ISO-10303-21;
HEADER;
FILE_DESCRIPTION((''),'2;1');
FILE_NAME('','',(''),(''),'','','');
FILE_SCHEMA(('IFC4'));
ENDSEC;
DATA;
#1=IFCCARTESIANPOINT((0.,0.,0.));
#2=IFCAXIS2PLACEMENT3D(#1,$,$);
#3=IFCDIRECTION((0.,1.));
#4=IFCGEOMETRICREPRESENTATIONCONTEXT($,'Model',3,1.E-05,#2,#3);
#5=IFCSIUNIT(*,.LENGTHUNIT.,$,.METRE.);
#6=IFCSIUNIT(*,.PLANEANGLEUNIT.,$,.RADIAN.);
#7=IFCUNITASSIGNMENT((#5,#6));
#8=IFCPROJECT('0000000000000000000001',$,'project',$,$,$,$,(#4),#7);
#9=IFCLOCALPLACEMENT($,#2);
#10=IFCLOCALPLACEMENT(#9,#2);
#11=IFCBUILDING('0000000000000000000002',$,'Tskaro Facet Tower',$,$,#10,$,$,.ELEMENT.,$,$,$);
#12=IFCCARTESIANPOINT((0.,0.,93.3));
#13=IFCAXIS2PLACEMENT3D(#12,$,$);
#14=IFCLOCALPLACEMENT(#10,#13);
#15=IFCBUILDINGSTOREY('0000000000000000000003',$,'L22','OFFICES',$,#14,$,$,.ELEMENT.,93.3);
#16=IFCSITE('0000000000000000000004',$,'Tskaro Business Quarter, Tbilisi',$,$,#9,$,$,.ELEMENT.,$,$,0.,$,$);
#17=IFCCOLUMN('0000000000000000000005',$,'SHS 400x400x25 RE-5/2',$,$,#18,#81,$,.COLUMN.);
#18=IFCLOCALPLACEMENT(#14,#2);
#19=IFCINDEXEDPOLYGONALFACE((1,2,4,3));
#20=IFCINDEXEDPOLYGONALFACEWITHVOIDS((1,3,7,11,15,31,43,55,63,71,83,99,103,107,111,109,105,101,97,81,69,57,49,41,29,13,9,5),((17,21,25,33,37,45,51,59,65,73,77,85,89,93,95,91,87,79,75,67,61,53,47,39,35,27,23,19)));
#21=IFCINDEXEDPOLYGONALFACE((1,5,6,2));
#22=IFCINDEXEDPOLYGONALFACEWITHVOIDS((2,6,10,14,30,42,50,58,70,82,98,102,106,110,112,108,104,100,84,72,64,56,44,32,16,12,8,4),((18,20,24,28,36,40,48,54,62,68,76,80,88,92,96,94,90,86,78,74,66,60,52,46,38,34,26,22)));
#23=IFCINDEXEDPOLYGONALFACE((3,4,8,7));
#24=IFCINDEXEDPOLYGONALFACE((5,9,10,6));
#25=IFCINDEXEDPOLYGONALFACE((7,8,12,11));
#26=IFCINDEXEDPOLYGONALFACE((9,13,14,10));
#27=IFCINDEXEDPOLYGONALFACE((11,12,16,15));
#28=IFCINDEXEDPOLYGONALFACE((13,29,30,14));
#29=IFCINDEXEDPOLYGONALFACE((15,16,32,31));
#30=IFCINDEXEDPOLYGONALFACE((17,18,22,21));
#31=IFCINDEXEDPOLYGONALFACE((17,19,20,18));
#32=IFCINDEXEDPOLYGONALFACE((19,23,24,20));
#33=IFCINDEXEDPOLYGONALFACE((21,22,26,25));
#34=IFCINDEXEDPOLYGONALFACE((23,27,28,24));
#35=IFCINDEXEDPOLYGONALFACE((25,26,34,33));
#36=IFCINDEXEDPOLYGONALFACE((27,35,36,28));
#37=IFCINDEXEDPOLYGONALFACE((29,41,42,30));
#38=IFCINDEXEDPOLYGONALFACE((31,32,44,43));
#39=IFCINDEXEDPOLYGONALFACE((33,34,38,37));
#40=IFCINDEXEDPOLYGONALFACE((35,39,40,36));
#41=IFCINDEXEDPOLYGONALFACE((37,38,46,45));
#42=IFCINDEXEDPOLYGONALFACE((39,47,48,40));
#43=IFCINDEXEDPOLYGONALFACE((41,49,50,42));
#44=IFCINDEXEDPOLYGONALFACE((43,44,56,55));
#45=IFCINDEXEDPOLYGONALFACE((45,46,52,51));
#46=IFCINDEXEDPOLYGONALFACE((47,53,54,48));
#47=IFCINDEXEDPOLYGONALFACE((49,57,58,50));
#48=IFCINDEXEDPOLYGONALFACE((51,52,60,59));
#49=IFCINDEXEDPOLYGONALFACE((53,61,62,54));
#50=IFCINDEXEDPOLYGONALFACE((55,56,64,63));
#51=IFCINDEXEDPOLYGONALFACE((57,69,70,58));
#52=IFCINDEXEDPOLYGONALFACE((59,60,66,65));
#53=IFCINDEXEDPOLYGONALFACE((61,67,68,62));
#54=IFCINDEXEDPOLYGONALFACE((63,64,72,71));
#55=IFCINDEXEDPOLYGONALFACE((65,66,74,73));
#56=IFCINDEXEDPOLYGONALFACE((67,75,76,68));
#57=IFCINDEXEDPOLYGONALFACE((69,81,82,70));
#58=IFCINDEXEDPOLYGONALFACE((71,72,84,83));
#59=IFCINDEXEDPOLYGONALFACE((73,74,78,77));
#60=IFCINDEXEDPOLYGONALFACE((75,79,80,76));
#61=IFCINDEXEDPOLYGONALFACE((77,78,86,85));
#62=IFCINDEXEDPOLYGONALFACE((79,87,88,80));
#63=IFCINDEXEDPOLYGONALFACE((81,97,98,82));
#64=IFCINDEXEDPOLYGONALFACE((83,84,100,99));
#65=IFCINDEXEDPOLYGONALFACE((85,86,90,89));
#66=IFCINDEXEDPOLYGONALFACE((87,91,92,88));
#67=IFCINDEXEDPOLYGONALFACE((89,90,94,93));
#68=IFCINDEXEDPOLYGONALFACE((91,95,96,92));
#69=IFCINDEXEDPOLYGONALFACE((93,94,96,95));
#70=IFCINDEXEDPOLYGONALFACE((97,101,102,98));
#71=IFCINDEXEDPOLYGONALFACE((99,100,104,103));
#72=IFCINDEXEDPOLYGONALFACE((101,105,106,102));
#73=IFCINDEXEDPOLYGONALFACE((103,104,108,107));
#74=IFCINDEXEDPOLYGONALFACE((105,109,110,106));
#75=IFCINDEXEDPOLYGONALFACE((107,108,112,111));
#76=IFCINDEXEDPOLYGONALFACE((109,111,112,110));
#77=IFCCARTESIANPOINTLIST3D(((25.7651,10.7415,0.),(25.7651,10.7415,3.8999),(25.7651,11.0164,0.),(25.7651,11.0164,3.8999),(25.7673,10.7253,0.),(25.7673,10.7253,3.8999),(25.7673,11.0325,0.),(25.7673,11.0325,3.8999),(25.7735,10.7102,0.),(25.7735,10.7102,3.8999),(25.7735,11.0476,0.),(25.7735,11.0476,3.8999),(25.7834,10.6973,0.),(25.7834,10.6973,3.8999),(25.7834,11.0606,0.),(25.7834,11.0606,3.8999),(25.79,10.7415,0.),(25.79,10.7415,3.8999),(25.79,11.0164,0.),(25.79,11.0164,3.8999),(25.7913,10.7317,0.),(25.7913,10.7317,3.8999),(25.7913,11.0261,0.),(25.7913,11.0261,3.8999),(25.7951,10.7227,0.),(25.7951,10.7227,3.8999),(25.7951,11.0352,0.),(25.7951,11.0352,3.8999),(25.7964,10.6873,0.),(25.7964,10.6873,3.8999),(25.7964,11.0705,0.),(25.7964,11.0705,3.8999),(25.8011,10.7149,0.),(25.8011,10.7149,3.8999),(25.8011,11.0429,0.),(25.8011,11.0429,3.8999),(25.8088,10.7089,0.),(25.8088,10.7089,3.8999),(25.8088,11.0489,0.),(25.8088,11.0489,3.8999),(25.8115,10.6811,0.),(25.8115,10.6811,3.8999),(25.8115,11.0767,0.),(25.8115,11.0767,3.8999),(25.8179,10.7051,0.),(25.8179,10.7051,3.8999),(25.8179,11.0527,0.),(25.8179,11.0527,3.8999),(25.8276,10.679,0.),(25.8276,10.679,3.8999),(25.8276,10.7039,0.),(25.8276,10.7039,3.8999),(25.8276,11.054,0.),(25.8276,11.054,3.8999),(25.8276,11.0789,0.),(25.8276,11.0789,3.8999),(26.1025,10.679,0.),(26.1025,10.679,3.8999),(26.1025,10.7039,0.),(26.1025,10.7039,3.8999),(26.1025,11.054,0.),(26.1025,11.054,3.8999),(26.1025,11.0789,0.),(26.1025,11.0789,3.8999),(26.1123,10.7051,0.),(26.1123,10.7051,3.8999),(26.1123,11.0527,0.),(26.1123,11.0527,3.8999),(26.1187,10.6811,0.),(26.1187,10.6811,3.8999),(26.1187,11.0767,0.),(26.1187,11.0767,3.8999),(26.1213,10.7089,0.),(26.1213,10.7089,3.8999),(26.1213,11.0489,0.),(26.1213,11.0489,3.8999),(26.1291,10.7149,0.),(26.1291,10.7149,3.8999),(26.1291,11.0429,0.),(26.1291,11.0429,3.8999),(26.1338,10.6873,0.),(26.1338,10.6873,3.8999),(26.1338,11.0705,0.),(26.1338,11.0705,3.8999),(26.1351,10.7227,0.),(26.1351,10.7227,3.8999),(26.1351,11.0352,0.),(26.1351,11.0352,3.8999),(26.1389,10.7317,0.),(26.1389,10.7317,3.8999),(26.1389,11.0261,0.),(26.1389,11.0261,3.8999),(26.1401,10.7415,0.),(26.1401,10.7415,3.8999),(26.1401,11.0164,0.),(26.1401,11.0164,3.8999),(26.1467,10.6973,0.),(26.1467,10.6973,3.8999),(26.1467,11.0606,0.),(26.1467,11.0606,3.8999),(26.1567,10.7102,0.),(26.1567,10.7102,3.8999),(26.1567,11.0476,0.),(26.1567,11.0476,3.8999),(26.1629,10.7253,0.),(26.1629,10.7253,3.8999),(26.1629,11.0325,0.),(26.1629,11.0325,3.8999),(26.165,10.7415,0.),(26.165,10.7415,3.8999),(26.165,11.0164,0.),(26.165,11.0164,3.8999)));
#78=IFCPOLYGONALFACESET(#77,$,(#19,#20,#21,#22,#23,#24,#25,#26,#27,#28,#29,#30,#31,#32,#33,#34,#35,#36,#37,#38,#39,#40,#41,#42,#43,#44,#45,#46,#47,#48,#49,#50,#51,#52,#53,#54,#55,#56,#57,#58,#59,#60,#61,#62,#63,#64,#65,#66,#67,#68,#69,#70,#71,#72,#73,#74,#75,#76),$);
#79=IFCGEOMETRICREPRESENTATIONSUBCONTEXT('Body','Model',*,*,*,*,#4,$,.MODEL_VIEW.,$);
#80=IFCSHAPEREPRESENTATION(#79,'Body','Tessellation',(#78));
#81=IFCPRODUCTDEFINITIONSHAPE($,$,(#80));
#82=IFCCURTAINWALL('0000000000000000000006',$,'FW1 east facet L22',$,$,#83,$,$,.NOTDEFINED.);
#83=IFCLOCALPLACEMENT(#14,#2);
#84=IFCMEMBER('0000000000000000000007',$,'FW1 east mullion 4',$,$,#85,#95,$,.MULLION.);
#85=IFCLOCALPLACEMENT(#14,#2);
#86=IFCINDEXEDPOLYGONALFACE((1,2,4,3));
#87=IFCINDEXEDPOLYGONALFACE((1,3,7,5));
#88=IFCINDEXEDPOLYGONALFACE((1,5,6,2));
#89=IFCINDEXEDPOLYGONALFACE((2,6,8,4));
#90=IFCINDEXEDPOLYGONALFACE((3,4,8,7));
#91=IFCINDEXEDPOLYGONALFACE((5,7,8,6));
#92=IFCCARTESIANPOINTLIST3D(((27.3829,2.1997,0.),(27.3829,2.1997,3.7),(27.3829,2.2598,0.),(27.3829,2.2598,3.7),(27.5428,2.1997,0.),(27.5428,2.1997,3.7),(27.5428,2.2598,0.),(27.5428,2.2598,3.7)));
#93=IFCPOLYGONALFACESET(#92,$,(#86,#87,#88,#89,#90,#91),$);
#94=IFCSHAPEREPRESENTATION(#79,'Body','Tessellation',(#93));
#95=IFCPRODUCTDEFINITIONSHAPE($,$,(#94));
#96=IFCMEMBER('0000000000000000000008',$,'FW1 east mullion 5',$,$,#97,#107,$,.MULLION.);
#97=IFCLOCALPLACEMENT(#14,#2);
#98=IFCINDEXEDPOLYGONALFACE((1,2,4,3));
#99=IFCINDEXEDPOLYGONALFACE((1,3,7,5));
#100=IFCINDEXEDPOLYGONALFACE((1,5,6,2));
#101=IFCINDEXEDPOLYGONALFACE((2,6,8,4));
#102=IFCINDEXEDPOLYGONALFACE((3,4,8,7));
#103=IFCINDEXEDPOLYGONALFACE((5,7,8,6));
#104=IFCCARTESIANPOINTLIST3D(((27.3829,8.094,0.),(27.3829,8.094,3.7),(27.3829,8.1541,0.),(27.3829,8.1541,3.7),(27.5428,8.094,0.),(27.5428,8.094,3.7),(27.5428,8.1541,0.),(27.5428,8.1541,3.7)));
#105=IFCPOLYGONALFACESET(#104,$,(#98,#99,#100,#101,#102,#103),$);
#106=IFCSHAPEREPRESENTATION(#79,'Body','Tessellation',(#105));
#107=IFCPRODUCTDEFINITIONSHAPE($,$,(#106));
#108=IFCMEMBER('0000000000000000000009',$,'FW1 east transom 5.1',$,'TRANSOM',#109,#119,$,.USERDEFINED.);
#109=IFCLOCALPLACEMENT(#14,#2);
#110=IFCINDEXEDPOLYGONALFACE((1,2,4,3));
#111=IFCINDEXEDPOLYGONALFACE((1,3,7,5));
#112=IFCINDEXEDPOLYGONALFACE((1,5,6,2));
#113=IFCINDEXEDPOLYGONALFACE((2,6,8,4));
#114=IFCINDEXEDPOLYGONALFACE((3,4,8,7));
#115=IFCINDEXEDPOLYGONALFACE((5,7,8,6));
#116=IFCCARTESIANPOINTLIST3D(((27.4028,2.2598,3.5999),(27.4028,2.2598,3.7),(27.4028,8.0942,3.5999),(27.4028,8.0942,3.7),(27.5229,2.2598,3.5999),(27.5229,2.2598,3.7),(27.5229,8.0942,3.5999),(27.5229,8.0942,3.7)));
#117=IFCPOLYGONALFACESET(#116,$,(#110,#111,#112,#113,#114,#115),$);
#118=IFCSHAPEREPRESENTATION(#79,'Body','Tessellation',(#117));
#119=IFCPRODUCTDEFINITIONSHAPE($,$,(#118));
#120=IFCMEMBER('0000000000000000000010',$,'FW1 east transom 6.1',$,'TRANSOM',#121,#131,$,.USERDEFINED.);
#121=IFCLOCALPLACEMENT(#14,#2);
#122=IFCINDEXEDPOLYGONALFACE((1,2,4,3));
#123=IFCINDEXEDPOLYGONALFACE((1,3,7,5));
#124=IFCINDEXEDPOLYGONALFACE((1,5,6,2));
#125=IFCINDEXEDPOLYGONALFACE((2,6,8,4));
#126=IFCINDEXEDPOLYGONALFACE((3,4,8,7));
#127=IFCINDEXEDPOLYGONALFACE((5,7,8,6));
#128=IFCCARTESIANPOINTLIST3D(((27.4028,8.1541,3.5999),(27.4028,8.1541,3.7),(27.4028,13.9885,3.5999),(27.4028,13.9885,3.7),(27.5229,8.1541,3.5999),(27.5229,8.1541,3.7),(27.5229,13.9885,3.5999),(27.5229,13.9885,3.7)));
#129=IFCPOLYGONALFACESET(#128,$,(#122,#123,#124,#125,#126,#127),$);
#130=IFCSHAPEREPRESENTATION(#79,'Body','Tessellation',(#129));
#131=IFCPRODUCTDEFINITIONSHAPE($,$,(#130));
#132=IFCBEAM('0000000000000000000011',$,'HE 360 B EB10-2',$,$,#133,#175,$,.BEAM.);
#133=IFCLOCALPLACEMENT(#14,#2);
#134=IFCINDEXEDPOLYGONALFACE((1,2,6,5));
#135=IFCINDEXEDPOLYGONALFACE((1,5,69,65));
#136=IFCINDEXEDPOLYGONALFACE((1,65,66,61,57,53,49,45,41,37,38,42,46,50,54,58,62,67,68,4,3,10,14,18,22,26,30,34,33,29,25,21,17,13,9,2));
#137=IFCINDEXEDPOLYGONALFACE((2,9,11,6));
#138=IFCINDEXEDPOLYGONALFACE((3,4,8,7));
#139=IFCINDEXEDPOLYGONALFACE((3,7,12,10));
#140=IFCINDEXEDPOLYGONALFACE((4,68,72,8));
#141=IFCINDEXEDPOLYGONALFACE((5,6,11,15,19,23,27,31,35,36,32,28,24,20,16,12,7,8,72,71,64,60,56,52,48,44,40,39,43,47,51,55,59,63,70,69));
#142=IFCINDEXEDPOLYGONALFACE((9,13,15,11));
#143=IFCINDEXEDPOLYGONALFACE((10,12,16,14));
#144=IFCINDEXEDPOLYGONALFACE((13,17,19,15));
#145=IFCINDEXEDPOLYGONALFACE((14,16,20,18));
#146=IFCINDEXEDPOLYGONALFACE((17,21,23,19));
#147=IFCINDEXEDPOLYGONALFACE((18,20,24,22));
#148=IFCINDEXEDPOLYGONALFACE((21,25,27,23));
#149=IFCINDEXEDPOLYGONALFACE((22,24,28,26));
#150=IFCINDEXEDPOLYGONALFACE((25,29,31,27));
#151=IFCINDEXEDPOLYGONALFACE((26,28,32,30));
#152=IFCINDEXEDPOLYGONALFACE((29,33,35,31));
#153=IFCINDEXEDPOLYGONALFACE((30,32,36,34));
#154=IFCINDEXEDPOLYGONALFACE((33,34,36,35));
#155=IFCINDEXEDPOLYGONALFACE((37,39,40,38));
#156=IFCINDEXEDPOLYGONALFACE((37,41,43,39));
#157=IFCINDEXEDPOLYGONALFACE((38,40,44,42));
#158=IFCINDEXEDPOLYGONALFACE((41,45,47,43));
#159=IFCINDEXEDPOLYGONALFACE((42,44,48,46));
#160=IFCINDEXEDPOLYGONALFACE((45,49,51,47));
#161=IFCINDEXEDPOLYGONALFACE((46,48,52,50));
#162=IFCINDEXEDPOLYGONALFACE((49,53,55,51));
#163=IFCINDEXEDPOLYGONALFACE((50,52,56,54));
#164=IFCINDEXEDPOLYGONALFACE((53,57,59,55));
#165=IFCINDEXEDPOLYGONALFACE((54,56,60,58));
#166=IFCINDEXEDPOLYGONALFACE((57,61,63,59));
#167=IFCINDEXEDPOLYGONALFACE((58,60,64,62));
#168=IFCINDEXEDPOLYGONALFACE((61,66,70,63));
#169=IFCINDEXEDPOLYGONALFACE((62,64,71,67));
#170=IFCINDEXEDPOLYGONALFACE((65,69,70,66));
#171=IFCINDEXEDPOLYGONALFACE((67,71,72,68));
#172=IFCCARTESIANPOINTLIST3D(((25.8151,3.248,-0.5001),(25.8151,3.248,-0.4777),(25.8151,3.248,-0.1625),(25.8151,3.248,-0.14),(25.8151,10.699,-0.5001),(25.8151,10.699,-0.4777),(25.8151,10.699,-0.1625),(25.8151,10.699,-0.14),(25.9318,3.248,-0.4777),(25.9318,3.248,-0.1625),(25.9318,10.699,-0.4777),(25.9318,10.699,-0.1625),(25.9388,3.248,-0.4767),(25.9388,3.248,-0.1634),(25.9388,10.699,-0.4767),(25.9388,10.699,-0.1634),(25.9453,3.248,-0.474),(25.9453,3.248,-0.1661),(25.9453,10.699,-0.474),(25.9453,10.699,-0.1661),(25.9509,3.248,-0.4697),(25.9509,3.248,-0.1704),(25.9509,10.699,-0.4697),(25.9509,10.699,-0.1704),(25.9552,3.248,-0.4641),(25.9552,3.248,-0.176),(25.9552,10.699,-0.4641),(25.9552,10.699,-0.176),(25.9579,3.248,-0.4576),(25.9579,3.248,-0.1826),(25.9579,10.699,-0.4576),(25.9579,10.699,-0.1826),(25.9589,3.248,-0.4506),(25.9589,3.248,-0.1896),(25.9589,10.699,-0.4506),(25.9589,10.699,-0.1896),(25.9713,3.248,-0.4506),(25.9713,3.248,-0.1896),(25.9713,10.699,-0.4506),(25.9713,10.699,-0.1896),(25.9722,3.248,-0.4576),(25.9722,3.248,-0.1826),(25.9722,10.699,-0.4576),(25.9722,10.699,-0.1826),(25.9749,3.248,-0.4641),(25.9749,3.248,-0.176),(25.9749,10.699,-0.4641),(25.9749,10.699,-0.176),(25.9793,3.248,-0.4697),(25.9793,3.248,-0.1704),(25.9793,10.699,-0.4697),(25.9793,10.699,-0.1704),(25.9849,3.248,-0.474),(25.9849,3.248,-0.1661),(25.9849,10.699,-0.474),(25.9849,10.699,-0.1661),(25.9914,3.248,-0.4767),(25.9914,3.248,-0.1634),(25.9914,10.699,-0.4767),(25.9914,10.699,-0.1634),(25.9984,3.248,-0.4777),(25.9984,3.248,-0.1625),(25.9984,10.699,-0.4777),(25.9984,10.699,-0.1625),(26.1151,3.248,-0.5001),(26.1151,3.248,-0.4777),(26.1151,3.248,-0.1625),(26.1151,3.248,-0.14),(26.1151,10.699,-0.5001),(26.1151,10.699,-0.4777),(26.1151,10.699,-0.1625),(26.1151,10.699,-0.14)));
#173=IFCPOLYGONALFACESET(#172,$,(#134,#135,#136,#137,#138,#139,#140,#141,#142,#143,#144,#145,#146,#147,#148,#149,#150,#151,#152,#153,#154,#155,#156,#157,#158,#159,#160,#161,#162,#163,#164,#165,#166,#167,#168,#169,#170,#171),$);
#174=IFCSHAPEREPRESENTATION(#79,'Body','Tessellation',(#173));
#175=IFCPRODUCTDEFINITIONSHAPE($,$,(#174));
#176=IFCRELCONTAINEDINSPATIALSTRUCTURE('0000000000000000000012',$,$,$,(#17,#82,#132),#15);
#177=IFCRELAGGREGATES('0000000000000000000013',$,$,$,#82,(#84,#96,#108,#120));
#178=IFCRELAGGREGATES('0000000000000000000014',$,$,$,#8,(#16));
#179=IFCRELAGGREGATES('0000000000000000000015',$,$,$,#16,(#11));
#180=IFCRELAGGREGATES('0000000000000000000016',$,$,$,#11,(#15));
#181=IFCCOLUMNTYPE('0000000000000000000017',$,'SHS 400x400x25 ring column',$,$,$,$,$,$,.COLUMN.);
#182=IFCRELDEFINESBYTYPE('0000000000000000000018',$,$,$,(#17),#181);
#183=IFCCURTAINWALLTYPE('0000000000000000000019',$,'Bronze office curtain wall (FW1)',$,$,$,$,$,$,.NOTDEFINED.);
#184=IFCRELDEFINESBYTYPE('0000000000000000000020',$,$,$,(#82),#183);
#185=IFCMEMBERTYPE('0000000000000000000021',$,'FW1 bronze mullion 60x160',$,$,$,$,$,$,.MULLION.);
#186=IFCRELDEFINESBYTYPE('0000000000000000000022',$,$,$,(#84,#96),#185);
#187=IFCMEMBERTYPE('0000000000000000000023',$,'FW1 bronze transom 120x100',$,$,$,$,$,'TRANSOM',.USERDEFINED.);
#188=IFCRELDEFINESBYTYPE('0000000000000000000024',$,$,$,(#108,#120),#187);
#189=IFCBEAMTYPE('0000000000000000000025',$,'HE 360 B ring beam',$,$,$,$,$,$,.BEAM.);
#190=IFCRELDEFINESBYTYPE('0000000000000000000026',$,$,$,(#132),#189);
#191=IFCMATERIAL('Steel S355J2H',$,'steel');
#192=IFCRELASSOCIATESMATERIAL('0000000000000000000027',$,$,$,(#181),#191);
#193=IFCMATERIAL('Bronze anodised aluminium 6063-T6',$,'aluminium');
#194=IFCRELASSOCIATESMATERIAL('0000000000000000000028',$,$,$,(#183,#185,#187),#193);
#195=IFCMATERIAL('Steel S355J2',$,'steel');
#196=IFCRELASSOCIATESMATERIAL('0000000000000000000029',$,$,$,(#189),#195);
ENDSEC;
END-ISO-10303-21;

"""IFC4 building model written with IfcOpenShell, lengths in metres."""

from ifc_helpers import new_model, si_unit, direction, frame, origin, origin_2d, place, context, subcontext, project, spatial, rectangle, hollow_rectangle, i_section, extrude, material, material_profile, profile_set, type_object, element, aggregate, save


model = new_model("IFC4")

# Units and contexts
model_context = context("Model", 3, precision=1e-05, world=origin(), true_north=direction((0.0, 1.0)))
body_context = subcontext(model_context, "Body", "Model", "MODEL_VIEW")
ifc_project = project(units=[si_unit("LENGTHUNIT", "METRE"), si_unit("PLANEANGLEUNIT", "RADIAN")], contexts=[model_context])

# Site, building, storey
site_placement = place(None, origin())
site = spatial("IfcSite", under=ifc_project, at=site_placement, Name="Tskaro Business Quarter, Tbilisi", CompositionType="ELEMENT", RefElevation=0.0)
building_placement = place(site_placement, origin())
building = spatial("IfcBuilding", under=site, at=building_placement, Name="Tskaro Facet Tower", CompositionType="ELEMENT")
storey_placement = place(building_placement, frame((0.0, 0.0, 93.3)))
storey = spatial("IfcBuildingStorey", under=building, at=storey_placement, Name="L22", Description="OFFICES", CompositionType="ELEMENT", Elevation=93.3)

# Column
ifc_material_1 = material(Name="Steel S355J2H", Category="steel")
ifc_material_profile_1 = material_profile(ifc_material_1, hollow_rectangle(XDim=0.3999, YDim=0.3999, WallThickness=0.0249, InnerFilletRadius=0.0376, OuterFilletRadius=0.0625, at=origin_2d()), Name="SHS 400x400x25")
ifc_profile_set_1 = profile_set([ifc_material_profile_1], Name="Steel S355J2H")
column_type_1 = type_object("IfcColumnType", Name="SHS 400x400x25 ring column", PredefinedType="COLUMN", material=ifc_profile_set_1)
for number, where, z_axis, x_axis, name in (
    (1, (25.9651, 10.8789, 0.0), (0.0, 0.0, 1.0), (1.0, 0.0, 0.0), "SHS 400x400x25 RE-5/2"),
):
    element("IfcColumn", number, at=place(storey_placement, frame(where, z_axis=z_axis, x_axis=x_axis)), inside=storey, type_object=column_type_1, Name=name, PredefinedType="COLUMN", context=body_context, shape_type="SweptSolid", body=[
        extrude(hollow_rectangle(XDim=0.3999, YDim=0.3999, WallThickness=0.0249, InnerFilletRadius=0.0376, OuterFilletRadius=0.0625, at=origin_2d()), origin(), (0.0, 0.0, 1.0), 3.8999),
    ])

# Curtain wall, members
ifc_material_2 = material(Name="Bronze anodised aluminium 6063-T6", Category="aluminium")
curtain_wall_type = type_object("IfcCurtainWallType", Name="Bronze office curtain wall (FW1)", PredefinedType="NOTDEFINED", material=ifc_material_2)
curtain_wall_placement = place(storey_placement, origin())
curtain_wall = element("IfcCurtainWall", 2, at=curtain_wall_placement, inside=storey, type_object=curtain_wall_type, Name="FW1 east facet L22", PredefinedType="NOTDEFINED")
ifc_material_profile_2 = material_profile(ifc_material_2, rectangle(XDim=0.0601, YDim=0.1599, at=origin_2d()), Name="Mullion 60x160")
ifc_profile_set_2 = profile_set([ifc_material_profile_2], Name="Bronze anodised aluminium 6063-T6")
member_type_1 = type_object("IfcMemberType", Name="FW1 bronze mullion 60x160", PredefinedType="MULLION", material=ifc_profile_set_2)
member_1_placement = place(storey_placement, frame((27.4629, 2.2297, 0.0), z_axis=(0.0, 0.0, 1.0), x_axis=(0.0, 1.0, 0.0)))
member_1 = element("IfcMember", 3, at=member_1_placement, type_object=member_type_1, Name="FW1 east mullion 4", PredefinedType="MULLION", context=body_context, shape_type="SweptSolid", body=[
    extrude(rectangle(XDim=0.0601, YDim=0.1599, at=origin_2d()), origin(), (0.0, 0.0, 1.0), 3.7),
])
member_2_placement = place(storey_placement, frame((27.4629, 8.124, 0.0), z_axis=(0.0, 0.0, 1.0), x_axis=(0.0, 1.0, 0.0)))
member_2 = element("IfcMember", 4, at=member_2_placement, type_object=member_type_1, Name="FW1 east mullion 5", PredefinedType="MULLION", context=body_context, shape_type="SweptSolid", body=[
    extrude(rectangle(XDim=0.0601, YDim=0.1599, at=origin_2d()), origin(), (0.0, 0.0, 1.0), 3.7),
])
ifc_material_profile_3 = material_profile(ifc_material_2, rectangle(XDim=0.1201, YDim=0.1001, at=origin_2d()), Name="Transom 120x100")
ifc_profile_set_3 = profile_set([ifc_material_profile_3], Name="Bronze anodised aluminium 6063-T6")
member_type_2 = type_object("IfcMemberType", Name="FW1 bronze transom 120x100", ElementType="TRANSOM", PredefinedType="USERDEFINED", material=ifc_profile_set_3)
member_3_placement = place(storey_placement, frame((27.4629, 2.2598, 3.6499), z_axis=(0.0, 1.0, 0.0), x_axis=(-1.0, 0.0, 0.0)))
member_3 = element("IfcMember", 5, at=member_3_placement, type_object=member_type_2, Name="FW1 east transom 5.1", ObjectType="TRANSOM", PredefinedType="USERDEFINED", context=body_context, shape_type="SweptSolid", body=[
    extrude(rectangle(XDim=0.1201, YDim=0.1001, at=origin_2d()), origin(), (0.0, 0.0, 1.0), 5.8345),
])
member_4_placement = place(storey_placement, frame((27.4629, 8.1541, 3.6499), z_axis=(0.0, 1.0, 0.0), x_axis=(-1.0, 0.0, 0.0)))
member_4 = element("IfcMember", 6, at=member_4_placement, type_object=member_type_2, Name="FW1 east transom 6.1", ObjectType="TRANSOM", PredefinedType="USERDEFINED", context=body_context, shape_type="SweptSolid", body=[
    extrude(rectangle(XDim=0.1201, YDim=0.1001, at=origin_2d()), origin(), (0.0, 0.0, 1.0), 5.8345),
])

# Beam
ifc_material_3 = material(Name="Steel S355J2", Category="steel")
ifc_material_profile_4 = material_profile(ifc_material_3, i_section(OverallWidth=0.3, OverallDepth=0.3601, WebThickness=0.0125, FlangeThickness=0.0225, FilletRadius=0.0271, at=origin_2d()), Name="HE 360 B")
ifc_profile_set_4 = profile_set([ifc_material_profile_4], Name="Steel S355J2")
beam_type_1 = type_object("IfcBeamType", Name="HE 360 B ring beam", PredefinedType="BEAM", material=ifc_profile_set_4)
for number, where, z_axis, x_axis, name in (
    (7, (25.9651, 3.248, -0.3201), (0.0, 1.0, 0.0), (-1.0, 0.0, 0.0), "HE 360 B EB10-2"),
):
    element("IfcBeam", number, at=place(storey_placement, frame(where, z_axis=z_axis, x_axis=x_axis)), inside=storey, type_object=beam_type_1, Name=name, PredefinedType="BEAM", context=body_context, shape_type="SweptSolid", body=[
        extrude(i_section(OverallWidth=0.3, OverallDepth=0.3601, WebThickness=0.0125, FlangeThickness=0.0225, FilletRadius=0.0271, at=origin_2d()), origin(), (0.0, 0.0, 1.0), 7.4509),
    ])

aggregate(curtain_wall, [member_1, member_2, member_3, member_4])

save(model, "model.ifc")
